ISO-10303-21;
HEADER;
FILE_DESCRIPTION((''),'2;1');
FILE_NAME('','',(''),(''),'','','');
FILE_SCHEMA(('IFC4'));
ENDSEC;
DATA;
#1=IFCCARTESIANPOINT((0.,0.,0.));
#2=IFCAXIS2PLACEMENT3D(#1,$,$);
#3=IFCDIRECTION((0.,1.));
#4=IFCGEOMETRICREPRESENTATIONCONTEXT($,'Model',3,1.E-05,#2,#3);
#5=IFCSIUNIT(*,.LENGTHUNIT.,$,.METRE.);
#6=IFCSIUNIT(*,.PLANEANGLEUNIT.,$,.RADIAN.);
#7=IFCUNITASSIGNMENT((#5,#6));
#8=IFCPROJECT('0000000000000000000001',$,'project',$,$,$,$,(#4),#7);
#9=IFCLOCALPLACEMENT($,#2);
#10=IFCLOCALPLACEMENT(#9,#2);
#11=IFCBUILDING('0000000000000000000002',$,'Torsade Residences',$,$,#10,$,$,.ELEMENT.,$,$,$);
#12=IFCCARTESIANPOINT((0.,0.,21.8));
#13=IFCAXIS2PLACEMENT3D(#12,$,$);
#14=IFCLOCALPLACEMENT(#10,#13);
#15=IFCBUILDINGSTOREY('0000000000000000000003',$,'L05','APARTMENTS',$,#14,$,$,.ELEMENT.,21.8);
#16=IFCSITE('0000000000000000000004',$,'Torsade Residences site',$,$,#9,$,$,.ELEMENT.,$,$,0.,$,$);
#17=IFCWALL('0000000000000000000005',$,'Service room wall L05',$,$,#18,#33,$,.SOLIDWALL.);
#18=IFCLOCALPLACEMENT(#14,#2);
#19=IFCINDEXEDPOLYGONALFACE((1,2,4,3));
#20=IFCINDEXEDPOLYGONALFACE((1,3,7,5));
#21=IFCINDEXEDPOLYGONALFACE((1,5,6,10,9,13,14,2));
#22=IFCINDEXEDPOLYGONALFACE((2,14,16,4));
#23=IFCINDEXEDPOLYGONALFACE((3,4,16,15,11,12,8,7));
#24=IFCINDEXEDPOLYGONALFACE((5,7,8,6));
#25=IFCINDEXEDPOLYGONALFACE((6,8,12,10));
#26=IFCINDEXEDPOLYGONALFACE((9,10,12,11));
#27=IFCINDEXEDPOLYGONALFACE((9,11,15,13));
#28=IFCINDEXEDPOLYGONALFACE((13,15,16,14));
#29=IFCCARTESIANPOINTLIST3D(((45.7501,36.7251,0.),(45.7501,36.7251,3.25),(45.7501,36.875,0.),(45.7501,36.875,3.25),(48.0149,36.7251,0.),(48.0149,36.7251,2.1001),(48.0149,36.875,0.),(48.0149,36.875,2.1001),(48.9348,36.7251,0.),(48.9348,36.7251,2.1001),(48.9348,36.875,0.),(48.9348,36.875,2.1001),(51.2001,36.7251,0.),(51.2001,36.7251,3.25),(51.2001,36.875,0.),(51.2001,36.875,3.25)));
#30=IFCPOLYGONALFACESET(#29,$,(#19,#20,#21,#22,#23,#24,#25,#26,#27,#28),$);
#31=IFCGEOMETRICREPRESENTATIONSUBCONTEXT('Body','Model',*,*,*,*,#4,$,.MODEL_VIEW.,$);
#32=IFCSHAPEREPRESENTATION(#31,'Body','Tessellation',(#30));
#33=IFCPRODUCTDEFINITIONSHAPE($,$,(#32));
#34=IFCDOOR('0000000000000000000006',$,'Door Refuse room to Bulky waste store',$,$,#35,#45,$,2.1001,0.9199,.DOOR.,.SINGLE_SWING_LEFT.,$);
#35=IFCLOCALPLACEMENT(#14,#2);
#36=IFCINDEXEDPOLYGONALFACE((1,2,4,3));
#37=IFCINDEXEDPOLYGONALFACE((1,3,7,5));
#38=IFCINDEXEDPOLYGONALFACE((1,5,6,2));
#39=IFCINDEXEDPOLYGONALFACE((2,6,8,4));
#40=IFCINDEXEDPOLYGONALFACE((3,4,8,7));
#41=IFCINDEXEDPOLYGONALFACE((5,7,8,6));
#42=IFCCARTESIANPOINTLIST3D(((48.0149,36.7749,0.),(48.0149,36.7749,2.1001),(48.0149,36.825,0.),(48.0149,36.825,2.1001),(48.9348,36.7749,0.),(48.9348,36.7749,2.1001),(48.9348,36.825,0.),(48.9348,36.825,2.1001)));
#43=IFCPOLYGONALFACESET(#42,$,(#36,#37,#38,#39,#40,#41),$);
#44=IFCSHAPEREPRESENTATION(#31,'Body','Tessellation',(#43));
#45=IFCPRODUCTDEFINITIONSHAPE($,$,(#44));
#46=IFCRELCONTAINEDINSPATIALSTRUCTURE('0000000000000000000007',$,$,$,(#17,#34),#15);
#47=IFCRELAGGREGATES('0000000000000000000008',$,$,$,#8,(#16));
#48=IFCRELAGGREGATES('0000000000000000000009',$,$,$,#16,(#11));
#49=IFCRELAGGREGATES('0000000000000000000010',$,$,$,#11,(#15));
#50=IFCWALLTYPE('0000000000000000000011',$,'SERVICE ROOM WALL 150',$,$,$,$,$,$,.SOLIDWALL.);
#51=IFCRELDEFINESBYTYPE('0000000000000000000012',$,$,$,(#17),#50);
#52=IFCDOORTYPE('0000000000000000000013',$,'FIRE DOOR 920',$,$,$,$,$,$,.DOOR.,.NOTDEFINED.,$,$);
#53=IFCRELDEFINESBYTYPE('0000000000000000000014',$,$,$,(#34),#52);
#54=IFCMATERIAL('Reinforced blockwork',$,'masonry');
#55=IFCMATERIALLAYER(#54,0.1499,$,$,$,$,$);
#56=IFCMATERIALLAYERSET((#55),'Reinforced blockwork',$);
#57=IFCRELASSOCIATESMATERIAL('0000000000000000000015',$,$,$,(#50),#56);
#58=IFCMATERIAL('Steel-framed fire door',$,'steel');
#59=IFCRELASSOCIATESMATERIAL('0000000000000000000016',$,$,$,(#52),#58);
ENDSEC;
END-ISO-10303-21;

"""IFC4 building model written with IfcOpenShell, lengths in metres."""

from ifc_helpers import new_model, si_unit, direction, frame, frame_2d, origin, place, context, subcontext, project, spatial, rectangle, extrude, material, layer, layer_set, type_object, element, fill, save


model = new_model("IFC4")

# Units and contexts
model_context = context("Model", 3, precision=1e-05, world=origin(), true_north=direction((0.0, 1.0)))
body_context = subcontext(model_context, "Body", "Model", "MODEL_VIEW")
ifc_project = project(units=[si_unit("LENGTHUNIT", "METRE"), si_unit("PLANEANGLEUNIT", "RADIAN")], contexts=[model_context])

# Site, building, storey
site_placement = place(None, origin())
site = spatial("IfcSite", under=ifc_project, at=site_placement, Name="Torsade Residences site", CompositionType="ELEMENT", RefElevation=0.0)
building_placement = place(site_placement, origin())
building = spatial("IfcBuilding", under=site, at=building_placement, Name="Torsade Residences", CompositionType="ELEMENT")
storey_placement = place(building_placement, frame((0.0, 0.0, 21.8)))
storey = spatial("IfcBuildingStorey", under=building, at=storey_placement, Name="L05", Description="APARTMENTS", CompositionType="ELEMENT", Elevation=21.8)

# Wall, opening, door
ifc_material_1 = material(Name="Reinforced blockwork", Category="masonry")
ifc_layer_1 = layer(ifc_material_1, 0.1499)
ifc_layer_set_1 = layer_set([ifc_layer_1], Name="Reinforced blockwork")
wall_type_1 = type_object("IfcWallType", Name="SERVICE ROOM WALL 150", PredefinedType="SOLIDWALL", material=ifc_layer_set_1)
wall_1_placement = place(storey_placement, frame((45.75, 36.8, 0.0), z_axis=(0.0, 0.0, 1.0), x_axis=(1.0, 0.0, 0.0)))
wall_1 = element("IfcWall", 1, at=wall_1_placement, inside=storey, type_object=wall_type_1, Name="Service room wall L05", PredefinedType="SOLIDWALL", context=body_context, shape_type="SweptSolid", body=[
    extrude(rectangle(XDim=5.45, YDim=0.1499, at=frame_2d((2.7251, 0.0))), origin(), (0.0, 0.0, 1.0), 3.25),
])
opening_placement = place(wall_1_placement, frame((2.2649, 0.0, 0.0)))
opening = element("IfcOpeningElement", 2, at=opening_placement, cuts=wall_1, PredefinedType="OPENING", context=body_context, shape_type="SweptSolid", body=[
    extrude(rectangle(XDim=0.9199, YDim=2.1001, at=frame_2d((0.46, 1.05))), frame((0.0, 0.085, 0.0), z_axis=(0.0, -1.0, 0.0), x_axis=(1.0, 0.0, 0.0)), (0.0, 0.0, 1.0), 0.1699),
])
ifc_material_2 = material(Name="Steel-framed fire door", Category="steel")
door_type = type_object("IfcDoorType", Name="FIRE DOOR 920", OperationType="NOTDEFINED", PredefinedType="DOOR", material=ifc_material_2)
door_placement = place(opening_placement, origin())
door = element("IfcDoor", 3, at=door_placement, inside=storey, type_object=door_type, Name="Door Refuse room to Bulky waste store", OperationType="SINGLE_SWING_LEFT", OverallHeight=2.1001, OverallWidth=0.9199, PredefinedType="DOOR", context=body_context, shape_type="SweptSolid", body=[
    extrude(rectangle(XDim=0.9199, YDim=2.1001, at=frame_2d((0.46, 1.05))), frame((0.0, 0.0249, 0.0), z_axis=(0.0, -1.0, 0.0), x_axis=(1.0, 0.0, 0.0)), (0.0, 0.0, 1.0), 0.05),
])
fill(opening, door)

save(model, "model.ifc")
